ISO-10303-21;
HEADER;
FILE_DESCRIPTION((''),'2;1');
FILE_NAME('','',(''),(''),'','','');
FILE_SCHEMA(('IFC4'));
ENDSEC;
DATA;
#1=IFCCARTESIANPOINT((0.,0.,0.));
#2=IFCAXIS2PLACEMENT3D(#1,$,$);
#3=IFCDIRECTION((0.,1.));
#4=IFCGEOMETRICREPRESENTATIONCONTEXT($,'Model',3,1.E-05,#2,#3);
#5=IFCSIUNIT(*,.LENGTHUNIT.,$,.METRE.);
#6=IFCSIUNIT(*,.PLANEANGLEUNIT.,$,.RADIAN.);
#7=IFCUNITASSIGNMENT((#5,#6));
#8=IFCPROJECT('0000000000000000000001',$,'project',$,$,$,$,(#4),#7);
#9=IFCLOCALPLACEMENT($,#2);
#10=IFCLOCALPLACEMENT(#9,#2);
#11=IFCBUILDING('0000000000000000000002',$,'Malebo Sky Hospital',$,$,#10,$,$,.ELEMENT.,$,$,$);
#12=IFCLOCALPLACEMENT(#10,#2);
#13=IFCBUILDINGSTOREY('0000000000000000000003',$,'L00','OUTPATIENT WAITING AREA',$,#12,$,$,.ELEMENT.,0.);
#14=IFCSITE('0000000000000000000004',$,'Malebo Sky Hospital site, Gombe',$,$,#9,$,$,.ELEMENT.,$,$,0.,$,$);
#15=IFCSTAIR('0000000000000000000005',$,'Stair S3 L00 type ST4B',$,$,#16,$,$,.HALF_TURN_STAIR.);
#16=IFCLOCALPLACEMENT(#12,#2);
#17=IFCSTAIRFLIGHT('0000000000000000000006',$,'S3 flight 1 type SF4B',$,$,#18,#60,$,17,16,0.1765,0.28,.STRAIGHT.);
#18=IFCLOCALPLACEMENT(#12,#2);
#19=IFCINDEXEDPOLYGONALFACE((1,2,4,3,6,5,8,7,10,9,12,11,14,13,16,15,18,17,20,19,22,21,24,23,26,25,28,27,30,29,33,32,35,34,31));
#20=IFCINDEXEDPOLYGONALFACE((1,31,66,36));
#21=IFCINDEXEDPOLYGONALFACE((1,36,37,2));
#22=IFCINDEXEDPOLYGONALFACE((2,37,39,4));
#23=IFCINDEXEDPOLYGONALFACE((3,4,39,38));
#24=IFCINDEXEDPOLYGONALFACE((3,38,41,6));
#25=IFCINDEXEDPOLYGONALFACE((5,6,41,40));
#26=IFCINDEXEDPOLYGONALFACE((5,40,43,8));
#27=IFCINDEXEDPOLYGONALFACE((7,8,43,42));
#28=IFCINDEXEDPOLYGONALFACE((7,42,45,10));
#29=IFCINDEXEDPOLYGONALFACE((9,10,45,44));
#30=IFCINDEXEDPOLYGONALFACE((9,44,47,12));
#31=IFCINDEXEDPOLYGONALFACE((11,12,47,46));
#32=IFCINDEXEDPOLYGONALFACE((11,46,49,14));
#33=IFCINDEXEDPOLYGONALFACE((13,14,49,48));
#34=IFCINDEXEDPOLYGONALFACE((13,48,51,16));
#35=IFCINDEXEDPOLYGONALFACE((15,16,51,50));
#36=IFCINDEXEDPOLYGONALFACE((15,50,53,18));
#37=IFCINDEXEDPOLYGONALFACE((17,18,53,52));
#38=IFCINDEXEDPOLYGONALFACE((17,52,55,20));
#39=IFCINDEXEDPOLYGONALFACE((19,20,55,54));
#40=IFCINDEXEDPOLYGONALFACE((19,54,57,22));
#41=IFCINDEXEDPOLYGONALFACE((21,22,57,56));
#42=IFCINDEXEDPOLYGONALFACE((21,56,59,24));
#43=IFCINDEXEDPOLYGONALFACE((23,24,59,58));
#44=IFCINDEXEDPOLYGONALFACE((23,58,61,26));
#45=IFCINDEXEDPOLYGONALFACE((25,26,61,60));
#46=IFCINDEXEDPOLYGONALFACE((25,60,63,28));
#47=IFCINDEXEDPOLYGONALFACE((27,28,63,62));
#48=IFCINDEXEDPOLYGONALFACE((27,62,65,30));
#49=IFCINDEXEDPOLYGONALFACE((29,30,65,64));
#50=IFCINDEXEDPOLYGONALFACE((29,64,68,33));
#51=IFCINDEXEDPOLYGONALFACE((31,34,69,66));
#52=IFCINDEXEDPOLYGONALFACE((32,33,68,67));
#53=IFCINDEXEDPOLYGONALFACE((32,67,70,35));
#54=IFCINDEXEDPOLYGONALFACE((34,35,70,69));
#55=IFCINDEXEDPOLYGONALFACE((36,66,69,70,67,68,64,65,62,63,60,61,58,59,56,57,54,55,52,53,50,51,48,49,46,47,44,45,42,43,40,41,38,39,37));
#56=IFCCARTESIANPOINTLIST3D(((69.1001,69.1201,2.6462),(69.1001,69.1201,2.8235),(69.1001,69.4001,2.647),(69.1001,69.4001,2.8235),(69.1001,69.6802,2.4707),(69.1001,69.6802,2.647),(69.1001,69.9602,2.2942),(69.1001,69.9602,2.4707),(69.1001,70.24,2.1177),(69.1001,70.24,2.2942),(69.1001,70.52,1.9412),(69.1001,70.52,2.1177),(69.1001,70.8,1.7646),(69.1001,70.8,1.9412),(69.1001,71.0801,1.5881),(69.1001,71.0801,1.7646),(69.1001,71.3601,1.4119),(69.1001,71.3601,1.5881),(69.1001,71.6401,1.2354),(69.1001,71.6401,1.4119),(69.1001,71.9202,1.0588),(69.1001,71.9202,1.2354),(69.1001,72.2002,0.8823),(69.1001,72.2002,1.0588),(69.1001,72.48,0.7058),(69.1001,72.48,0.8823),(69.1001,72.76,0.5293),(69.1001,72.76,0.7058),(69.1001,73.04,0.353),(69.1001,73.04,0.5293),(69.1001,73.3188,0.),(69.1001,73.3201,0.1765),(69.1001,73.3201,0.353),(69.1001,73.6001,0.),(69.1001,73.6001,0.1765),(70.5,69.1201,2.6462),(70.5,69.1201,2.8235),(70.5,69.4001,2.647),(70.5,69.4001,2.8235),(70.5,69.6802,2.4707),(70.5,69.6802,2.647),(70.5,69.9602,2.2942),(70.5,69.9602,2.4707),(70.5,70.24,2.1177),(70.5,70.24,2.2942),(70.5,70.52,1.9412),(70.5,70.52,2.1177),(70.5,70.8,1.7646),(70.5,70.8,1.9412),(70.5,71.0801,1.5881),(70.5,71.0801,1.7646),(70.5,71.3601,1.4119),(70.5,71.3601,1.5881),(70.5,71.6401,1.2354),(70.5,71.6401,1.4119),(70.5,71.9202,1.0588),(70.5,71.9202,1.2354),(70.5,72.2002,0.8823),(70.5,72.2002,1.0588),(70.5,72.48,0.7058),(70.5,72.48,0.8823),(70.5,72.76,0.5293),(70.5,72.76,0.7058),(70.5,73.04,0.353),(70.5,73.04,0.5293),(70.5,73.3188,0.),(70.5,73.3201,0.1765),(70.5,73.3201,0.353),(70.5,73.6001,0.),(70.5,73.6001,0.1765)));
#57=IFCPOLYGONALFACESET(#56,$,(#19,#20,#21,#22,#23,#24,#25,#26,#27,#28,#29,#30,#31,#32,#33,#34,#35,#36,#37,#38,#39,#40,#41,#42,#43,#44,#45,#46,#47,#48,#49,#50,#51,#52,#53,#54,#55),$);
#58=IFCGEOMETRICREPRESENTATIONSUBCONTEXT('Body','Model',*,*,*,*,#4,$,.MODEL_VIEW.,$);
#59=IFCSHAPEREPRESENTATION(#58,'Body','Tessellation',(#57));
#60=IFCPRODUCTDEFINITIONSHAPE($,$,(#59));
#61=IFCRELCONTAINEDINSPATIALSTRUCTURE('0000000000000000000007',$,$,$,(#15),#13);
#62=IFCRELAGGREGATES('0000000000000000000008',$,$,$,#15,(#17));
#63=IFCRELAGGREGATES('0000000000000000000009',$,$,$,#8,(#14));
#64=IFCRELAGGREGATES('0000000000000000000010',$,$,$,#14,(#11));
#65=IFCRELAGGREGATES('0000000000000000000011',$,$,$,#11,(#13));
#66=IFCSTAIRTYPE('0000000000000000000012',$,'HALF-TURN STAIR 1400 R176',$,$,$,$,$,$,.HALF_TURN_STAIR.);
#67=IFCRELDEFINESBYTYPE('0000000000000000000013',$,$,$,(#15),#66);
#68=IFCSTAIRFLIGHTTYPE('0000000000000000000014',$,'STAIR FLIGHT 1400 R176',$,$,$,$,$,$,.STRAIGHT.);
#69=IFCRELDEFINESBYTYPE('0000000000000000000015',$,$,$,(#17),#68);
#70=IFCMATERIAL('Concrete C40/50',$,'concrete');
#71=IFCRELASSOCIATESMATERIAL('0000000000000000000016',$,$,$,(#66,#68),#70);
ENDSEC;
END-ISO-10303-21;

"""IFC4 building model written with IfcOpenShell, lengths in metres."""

from ifc_helpers import new_model, si_unit, direction, frame, origin, place, context, subcontext, project, spatial, polyline, outline, extrude, material, type_object, element, aggregate, save


model = new_model("IFC4")

# Units and contexts
model_context = context("Model", 3, precision=1e-05, world=origin(), true_north=direction((0.0, 1.0)))
body_context = subcontext(model_context, "Body", "Model", "MODEL_VIEW")
ifc_project = project(units=[si_unit("LENGTHUNIT", "METRE"), si_unit("PLANEANGLEUNIT", "RADIAN")], contexts=[model_context])

# Site, building, storey
site_placement = place(None, origin())
site = spatial("IfcSite", under=ifc_project, at=site_placement, Name="Malebo Sky Hospital site, Gombe", CompositionType="ELEMENT", RefElevation=0.0)
building_placement = place(site_placement, origin())
building = spatial("IfcBuilding", under=site, at=building_placement, Name="Malebo Sky Hospital", CompositionType="ELEMENT")
storey_placement = place(building_placement, origin())
storey = spatial("IfcBuildingStorey", under=building, at=storey_placement, Name="L00", Description="OUTPATIENT WAITING AREA", CompositionType="ELEMENT", Elevation=0.0)

# Shared definitions
ifc_material_1 = material(Name="Concrete C40/50", Category="concrete")

# Stair, stair flight
stair_type = type_object("IfcStairType", Name="HALF-TURN STAIR 1400 R176", PredefinedType="HALF_TURN_STAIR", material=ifc_material_1)
stair_placement = place(storey_placement, origin())
stair = element("IfcStair", 1, at=stair_placement, inside=storey, type_object=stair_type, Name="Stair S3 L00 type ST4B", PredefinedType="HALF_TURN_STAIR")
stair_flight_type = type_object("IfcStairFlightType", Name="STAIR FLIGHT 1400 R176", PredefinedType="STRAIGHT", material=ifc_material_1)
stair_flight_placement = place(storey_placement, frame((69.8, 73.6001, 0.0), z_axis=(0.0, 0.0, 1.0), x_axis=(0.0, -1.0, 0.0)))
stair_flight = element("IfcStairFlight", 2, at=stair_flight_placement, type_object=stair_flight_type, Name="S3 flight 1 type SF4B", NumberOfRisers=17, NumberOfTreads=16, PredefinedType="STRAIGHT", RiserHeight=0.1765, TreadLength=0.28, context=body_context, shape_type="SweptSolid", body=[
    extrude(outline(polyline([(0.0, 0.0), (0.0, 0.1765), (0.28, 0.1765), (0.28, 0.353), (0.5601, 0.353), (0.5601, 0.5293), (0.8401, 0.5293), (0.8401, 0.7058), (1.1201, 0.7058), (1.1201, 0.8823), (1.3999, 0.8823), (1.3999, 1.0588), (1.6799, 1.0588), (1.6799, 1.2354), (1.96, 1.2354), (1.96, 1.4119), (2.24, 1.4119), (2.24, 1.5881), (2.52, 1.5881), (2.52, 1.7646), (2.8, 1.7646), (2.8, 1.9412), (3.0801, 1.9412), (3.0801, 2.1177), (3.3601, 2.1177), (3.3601, 2.2942), (3.6399, 2.2942), (3.6399, 2.4707), (3.9199, 2.4707), (3.9199, 2.647), (4.2, 2.647), (4.2, 2.8235), (4.48, 2.8235), (4.48, 3.0), (4.48, 2.6462), (0.2812, 0.0), (0.0, 0.0)])), frame((0.0, 0.7, 0.0), z_axis=(0.0, -1.0, 0.0), x_axis=(1.0, 0.0, 0.0)), (0.0, 0.0, 1.0), 1.3999),
])
aggregate(stair, [stair_flight])

save(model, "model.ifc")
